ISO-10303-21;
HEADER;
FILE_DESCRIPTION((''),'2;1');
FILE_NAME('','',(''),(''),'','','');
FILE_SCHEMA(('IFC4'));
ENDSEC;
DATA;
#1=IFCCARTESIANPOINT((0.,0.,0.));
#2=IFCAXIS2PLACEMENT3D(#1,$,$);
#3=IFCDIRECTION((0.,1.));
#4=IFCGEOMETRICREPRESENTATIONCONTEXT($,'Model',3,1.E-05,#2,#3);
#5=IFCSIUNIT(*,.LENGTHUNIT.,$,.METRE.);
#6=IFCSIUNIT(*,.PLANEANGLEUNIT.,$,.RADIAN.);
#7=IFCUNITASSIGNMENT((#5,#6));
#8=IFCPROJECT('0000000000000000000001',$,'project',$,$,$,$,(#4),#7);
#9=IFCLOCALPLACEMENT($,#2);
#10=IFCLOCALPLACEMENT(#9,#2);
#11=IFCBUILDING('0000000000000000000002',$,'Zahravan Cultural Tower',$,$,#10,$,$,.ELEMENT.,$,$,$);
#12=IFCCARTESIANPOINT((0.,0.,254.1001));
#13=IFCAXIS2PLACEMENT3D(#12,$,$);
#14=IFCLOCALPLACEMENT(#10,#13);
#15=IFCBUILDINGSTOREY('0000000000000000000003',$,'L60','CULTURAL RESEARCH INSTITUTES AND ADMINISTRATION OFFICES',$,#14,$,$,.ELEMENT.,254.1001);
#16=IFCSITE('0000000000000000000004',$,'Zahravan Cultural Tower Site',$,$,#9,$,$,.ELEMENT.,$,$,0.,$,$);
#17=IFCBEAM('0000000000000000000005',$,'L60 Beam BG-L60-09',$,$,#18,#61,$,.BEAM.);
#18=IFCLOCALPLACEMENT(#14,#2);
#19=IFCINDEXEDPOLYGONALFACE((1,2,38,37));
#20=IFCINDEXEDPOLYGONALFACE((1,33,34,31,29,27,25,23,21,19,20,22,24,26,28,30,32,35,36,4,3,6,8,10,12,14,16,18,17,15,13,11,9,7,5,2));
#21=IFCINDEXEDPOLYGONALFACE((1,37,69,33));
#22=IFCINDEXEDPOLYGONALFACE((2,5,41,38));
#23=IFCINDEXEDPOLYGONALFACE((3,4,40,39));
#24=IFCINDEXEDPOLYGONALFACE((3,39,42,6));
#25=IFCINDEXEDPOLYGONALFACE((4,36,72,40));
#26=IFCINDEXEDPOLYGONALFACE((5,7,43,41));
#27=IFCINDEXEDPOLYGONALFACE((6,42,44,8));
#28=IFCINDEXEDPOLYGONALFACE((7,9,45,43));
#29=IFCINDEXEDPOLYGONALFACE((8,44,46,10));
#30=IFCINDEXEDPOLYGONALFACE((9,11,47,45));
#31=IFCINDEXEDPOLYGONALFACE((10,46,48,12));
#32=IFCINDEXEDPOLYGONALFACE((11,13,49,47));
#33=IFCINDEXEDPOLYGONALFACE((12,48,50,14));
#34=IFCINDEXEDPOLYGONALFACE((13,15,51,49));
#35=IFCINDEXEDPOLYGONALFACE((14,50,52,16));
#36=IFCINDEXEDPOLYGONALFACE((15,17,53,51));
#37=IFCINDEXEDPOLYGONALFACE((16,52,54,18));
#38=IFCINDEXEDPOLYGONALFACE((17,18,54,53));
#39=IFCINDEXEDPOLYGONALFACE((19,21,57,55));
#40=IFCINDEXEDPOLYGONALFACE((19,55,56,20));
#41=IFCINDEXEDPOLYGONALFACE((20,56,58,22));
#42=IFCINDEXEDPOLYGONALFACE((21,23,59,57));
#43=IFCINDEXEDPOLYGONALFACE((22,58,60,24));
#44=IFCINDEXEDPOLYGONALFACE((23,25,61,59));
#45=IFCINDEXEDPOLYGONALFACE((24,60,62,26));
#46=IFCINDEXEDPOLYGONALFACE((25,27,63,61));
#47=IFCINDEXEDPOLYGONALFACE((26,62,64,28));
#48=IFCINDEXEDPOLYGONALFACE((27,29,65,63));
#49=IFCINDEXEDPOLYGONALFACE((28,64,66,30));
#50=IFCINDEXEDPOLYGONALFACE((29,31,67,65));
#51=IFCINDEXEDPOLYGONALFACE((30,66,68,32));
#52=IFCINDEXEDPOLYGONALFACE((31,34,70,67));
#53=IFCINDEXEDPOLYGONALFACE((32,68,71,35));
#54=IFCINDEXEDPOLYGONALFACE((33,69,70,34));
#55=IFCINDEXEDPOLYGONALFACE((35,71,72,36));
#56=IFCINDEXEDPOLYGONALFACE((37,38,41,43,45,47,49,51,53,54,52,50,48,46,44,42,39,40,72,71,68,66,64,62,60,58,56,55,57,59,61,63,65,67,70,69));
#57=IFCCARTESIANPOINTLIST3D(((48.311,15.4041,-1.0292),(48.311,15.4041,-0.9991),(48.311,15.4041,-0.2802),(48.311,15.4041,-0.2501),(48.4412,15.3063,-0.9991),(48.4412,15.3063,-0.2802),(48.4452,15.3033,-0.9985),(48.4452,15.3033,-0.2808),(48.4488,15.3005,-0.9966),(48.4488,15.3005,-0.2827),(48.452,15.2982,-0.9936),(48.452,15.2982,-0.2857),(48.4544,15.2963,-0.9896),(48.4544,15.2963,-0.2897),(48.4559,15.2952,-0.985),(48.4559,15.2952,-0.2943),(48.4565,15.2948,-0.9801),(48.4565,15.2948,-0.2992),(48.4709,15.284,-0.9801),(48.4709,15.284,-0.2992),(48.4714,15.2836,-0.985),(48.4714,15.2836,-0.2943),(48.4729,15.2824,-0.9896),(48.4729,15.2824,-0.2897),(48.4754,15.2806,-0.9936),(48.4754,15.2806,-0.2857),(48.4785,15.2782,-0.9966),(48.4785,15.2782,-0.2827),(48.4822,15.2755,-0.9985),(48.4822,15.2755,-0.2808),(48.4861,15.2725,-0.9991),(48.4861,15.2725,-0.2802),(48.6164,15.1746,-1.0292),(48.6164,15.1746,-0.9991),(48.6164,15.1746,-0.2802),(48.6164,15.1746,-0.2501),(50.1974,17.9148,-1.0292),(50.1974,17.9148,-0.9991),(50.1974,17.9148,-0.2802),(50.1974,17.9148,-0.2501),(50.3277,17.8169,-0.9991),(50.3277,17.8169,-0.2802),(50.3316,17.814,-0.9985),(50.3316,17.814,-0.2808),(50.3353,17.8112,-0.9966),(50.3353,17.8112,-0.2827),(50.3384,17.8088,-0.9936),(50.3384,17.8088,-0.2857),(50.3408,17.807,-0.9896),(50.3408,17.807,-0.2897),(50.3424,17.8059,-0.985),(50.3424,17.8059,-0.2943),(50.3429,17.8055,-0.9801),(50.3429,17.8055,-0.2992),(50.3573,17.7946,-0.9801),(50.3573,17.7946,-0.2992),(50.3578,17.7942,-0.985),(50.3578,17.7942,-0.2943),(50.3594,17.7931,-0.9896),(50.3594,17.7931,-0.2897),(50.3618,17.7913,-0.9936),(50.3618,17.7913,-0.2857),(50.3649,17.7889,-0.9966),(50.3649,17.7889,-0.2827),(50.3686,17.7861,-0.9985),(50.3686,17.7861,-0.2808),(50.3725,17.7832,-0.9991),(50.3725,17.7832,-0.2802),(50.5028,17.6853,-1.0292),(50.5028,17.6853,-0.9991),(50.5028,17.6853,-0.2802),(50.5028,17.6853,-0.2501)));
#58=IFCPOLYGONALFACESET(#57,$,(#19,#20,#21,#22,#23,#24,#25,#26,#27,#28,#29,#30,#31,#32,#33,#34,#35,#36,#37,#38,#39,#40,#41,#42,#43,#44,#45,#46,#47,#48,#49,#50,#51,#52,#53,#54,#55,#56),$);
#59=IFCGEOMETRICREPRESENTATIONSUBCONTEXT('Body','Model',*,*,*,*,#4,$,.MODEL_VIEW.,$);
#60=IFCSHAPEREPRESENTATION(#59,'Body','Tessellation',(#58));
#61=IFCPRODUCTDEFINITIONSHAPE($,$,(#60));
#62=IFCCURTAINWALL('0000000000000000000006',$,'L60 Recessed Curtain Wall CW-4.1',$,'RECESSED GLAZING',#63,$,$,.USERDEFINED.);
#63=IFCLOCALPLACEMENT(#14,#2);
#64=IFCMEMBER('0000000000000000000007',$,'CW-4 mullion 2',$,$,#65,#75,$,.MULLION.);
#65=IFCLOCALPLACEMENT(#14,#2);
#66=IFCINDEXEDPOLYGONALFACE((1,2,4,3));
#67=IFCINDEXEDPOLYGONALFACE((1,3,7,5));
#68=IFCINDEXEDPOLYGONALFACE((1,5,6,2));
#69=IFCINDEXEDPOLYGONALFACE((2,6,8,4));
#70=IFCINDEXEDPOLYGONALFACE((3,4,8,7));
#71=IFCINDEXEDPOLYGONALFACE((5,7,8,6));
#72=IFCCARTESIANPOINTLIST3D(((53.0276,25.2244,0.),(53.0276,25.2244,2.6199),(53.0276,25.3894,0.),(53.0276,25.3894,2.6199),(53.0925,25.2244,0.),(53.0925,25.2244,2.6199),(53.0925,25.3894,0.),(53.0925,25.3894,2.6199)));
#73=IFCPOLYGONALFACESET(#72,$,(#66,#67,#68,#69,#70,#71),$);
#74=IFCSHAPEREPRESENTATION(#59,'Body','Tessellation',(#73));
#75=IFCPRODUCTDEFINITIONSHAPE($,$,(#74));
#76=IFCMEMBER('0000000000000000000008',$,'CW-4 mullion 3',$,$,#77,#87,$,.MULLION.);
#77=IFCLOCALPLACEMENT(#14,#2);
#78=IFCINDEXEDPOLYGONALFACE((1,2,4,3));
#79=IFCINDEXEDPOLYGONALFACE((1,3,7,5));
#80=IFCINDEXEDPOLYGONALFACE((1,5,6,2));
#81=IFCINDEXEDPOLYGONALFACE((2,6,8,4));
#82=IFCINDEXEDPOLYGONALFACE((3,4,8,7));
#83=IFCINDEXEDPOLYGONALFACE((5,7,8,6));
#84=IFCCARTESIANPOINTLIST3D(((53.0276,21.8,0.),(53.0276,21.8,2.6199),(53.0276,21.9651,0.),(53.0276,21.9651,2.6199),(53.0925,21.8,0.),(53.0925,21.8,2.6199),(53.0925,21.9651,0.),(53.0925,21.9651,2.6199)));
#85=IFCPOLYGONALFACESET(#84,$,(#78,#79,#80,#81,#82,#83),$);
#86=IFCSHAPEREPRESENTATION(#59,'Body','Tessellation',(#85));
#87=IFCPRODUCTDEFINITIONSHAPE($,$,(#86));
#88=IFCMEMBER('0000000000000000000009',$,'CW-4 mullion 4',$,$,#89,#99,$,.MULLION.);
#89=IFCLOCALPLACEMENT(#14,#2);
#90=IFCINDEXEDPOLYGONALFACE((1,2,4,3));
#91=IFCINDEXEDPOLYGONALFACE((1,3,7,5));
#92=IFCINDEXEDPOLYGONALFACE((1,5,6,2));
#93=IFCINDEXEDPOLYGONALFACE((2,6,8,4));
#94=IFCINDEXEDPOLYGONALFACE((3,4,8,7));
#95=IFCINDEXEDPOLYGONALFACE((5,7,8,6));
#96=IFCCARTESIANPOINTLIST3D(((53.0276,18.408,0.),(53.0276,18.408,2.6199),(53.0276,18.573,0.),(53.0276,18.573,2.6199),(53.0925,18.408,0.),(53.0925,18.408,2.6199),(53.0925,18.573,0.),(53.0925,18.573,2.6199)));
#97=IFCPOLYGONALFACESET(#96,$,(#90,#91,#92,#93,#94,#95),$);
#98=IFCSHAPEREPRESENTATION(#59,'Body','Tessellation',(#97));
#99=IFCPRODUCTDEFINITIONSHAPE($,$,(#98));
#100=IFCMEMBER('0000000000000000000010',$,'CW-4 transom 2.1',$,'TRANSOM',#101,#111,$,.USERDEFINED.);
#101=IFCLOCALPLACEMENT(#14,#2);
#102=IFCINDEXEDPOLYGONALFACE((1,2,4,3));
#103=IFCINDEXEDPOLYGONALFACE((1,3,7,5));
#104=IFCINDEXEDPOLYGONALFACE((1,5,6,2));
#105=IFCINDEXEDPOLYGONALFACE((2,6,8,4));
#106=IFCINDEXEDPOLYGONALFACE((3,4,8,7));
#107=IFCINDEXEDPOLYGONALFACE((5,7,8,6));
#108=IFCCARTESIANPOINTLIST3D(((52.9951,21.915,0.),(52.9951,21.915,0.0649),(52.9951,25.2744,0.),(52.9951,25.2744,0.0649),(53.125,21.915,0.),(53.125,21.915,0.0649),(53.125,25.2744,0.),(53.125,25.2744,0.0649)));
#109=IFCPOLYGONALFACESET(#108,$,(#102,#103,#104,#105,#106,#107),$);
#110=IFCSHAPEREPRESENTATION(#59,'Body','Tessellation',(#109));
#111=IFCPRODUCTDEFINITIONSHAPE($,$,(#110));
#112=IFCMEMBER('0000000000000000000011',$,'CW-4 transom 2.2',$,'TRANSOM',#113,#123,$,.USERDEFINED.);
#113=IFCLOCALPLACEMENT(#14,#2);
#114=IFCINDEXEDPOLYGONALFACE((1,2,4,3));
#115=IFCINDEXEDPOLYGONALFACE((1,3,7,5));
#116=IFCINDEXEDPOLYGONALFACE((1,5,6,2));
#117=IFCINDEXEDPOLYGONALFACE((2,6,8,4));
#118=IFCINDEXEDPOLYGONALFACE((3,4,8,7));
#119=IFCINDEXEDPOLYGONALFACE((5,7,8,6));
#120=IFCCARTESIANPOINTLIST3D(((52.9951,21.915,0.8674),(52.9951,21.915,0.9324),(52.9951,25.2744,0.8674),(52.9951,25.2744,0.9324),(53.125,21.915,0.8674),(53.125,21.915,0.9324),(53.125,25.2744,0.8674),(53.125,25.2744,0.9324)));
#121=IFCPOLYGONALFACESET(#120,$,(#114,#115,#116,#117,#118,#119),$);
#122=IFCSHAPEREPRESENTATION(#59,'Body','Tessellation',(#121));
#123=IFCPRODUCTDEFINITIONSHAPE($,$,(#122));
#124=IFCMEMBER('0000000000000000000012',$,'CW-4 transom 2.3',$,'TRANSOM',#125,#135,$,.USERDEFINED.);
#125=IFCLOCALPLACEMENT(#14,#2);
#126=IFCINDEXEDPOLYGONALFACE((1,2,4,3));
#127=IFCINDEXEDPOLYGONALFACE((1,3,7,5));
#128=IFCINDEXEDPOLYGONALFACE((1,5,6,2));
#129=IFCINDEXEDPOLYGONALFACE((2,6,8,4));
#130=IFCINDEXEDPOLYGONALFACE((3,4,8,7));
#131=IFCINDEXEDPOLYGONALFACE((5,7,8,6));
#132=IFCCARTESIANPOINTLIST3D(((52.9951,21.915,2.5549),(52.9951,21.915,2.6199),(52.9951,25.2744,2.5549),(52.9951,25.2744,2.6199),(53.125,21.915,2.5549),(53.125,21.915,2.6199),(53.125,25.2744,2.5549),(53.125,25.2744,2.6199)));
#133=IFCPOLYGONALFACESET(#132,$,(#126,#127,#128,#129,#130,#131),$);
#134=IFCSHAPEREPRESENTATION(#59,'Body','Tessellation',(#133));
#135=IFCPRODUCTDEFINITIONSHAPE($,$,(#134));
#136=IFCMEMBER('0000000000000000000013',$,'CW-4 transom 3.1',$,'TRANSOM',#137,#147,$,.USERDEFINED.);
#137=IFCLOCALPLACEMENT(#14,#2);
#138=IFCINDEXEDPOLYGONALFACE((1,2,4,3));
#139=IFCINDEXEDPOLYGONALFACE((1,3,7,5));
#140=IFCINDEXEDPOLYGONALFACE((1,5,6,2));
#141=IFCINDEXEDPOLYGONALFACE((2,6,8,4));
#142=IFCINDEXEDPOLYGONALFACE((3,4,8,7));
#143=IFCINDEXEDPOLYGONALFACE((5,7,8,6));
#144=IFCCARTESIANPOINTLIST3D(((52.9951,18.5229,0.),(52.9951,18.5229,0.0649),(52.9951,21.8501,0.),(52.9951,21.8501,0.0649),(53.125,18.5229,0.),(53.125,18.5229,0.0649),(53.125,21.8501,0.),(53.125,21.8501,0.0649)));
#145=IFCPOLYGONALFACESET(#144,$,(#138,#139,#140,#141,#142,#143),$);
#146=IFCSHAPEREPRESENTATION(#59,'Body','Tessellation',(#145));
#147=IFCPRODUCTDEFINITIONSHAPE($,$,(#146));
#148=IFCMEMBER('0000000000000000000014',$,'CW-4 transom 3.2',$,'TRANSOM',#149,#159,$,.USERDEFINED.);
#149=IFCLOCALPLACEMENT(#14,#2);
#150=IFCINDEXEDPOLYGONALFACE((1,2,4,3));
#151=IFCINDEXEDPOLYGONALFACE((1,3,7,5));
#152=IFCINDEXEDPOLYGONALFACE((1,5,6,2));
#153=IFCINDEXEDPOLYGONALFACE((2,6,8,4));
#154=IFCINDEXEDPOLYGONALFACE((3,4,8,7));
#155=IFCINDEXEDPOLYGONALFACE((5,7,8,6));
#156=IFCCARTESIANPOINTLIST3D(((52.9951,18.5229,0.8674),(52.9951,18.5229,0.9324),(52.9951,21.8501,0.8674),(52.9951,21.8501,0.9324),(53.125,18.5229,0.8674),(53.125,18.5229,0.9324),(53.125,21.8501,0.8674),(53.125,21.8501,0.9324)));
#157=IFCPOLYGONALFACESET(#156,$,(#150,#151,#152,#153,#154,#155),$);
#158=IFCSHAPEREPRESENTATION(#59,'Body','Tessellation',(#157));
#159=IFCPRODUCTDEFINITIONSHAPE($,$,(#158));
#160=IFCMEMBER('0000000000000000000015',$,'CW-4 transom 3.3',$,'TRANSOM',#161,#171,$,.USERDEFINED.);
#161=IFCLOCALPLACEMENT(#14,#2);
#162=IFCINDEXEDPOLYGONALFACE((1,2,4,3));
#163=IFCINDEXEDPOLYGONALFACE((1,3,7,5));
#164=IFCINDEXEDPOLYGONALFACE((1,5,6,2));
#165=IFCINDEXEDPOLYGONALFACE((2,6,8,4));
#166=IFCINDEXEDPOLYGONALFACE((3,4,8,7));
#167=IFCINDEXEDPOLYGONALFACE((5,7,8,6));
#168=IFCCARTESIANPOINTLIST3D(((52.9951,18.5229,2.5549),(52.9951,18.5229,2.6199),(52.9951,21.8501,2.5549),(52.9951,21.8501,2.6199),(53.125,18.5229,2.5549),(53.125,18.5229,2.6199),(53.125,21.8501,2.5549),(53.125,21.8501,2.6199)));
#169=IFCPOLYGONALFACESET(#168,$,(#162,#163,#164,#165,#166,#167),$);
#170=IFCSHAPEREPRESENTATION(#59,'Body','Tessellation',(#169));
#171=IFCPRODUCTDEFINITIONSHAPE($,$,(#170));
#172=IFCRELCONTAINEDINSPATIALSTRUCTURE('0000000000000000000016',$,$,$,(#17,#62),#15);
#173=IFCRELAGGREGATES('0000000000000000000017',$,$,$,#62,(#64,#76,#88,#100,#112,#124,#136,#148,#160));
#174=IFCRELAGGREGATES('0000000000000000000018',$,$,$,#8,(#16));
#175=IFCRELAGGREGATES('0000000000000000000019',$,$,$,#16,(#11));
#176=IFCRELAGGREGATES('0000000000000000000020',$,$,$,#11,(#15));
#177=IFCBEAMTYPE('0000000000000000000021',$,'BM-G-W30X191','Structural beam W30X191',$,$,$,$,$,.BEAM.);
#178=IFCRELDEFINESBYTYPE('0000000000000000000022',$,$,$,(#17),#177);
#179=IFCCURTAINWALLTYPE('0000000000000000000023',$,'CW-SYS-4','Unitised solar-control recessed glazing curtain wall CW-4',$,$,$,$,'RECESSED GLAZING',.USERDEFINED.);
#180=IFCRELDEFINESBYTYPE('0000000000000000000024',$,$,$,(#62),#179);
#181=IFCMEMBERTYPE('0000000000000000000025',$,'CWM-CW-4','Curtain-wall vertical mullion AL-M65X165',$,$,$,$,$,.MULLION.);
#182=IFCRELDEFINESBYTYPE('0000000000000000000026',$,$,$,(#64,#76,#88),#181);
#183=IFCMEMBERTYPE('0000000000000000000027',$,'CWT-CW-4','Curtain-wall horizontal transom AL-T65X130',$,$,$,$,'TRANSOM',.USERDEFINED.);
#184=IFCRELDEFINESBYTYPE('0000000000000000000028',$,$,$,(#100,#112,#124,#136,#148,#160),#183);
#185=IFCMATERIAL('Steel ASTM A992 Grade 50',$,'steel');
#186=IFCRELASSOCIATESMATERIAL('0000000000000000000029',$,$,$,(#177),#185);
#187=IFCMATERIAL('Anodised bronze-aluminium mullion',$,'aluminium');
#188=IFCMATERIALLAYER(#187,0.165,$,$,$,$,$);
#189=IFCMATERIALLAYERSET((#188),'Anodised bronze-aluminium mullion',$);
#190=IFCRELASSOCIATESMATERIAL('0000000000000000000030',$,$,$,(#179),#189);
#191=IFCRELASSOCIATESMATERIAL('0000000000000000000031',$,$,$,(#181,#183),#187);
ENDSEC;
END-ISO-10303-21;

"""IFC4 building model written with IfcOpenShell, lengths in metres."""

from ifc_helpers import new_model, si_unit, direction, frame, origin, origin_2d, place, context, subcontext, project, spatial, rectangle, i_section, extrude, source, transform, mapped, material, layer, layer_set, material_profile, profile_set, type_object, element, aggregate, save


model = new_model("IFC4")

# Units and contexts
model_context = context("Model", 3, precision=1e-05, world=origin(), true_north=direction((0.0, 1.0)))
body_context = subcontext(model_context, "Body", "Model", "MODEL_VIEW")
ifc_project = project(units=[si_unit("LENGTHUNIT", "METRE"), si_unit("PLANEANGLEUNIT", "RADIAN")], contexts=[model_context])

# Site, building, storey
site_placement = place(None, origin())
site = spatial("IfcSite", under=ifc_project, at=site_placement, Name="Zahravan Cultural Tower Site", CompositionType="ELEMENT", RefElevation=0.0)
building_placement = place(site_placement, origin())
building = spatial("IfcBuilding", under=site, at=building_placement, Name="Zahravan Cultural Tower", CompositionType="ELEMENT")
storey_placement = place(building_placement, frame((0.0, 0.0, 254.1001)))
storey = spatial("IfcBuildingStorey", under=building, at=storey_placement, Name="L60", Description="CULTURAL RESEARCH INSTITUTES AND ADMINISTRATION OFFICES", CompositionType="ELEMENT", Elevation=254.1001)

# Beam
ifc_material_1 = material(Name="Steel ASTM A992 Grade 50", Category="steel")
ifc_material_profile_1 = material_profile(ifc_material_1, i_section(OverallWidth=0.3821, OverallDepth=0.7791, WebThickness=0.0181, FlangeThickness=0.03, FilletRadius=0.019, at=origin_2d()), Name="W30X191")
ifc_profile_set_1 = profile_set([ifc_material_profile_1], Name="Steel ASTM A992 Grade 50")
beam_type = type_object("IfcBeamType", Name="BM-G-W30X191", Description="Structural beam W30X191", PredefinedType="BEAM", material=ifc_profile_set_1)
shared_shape_1 = source(origin(), body_context, "Body", "SweptSolid", [
    extrude(i_section(OverallWidth=0.3821, OverallDepth=0.7791, WebThickness=0.0181, FlangeThickness=0.03, FilletRadius=0.019, at=origin_2d()), origin(), (0.0, 0.0, 1.0), 3.1404),
])
beam_placement = place(storey_placement, frame((50.3501, 17.8, -0.6396), z_axis=(-0.600696, -0.799477, 0.0), x_axis=(0.799477, -0.600696, 0.0)))
element("IfcBeam", 1, at=beam_placement, inside=storey, type_object=beam_type, Name="L60 Beam BG-L60-09", PredefinedType="BEAM", context=body_context, shape_type="MappedRepresentation", body=[
    mapped(shared_shape_1, transform((0.0, 0.0, 0.0), x_axis=(1.0, 0.0, 0.0), y_axis=(0.0, 1.0, 0.0), z_axis=(0.0, 0.0, 1.0), scale=1.0)),
])

# Curtain wall, members
ifc_material_2 = material(Name="Anodised bronze-aluminium mullion", Category="aluminium")
ifc_layer_1 = layer(ifc_material_2, 0.165)
ifc_layer_set_1 = layer_set([ifc_layer_1], Name="Anodised bronze-aluminium mullion")
curtain_wall_type = type_object("IfcCurtainWallType", Name="CW-SYS-4", Description="Unitised solar-control recessed glazing curtain wall CW-4", ElementType="RECESSED GLAZING", PredefinedType="USERDEFINED", material=ifc_layer_set_1)
curtain_wall_placement = place(storey_placement, origin())
curtain_wall = element("IfcCurtainWall", 2, at=curtain_wall_placement, inside=storey, type_object=curtain_wall_type, Name="L60 Recessed Curtain Wall CW-4.1", ObjectType="RECESSED GLAZING", PredefinedType="USERDEFINED")
ifc_material_profile_2 = material_profile(ifc_material_2, rectangle(XDim=0.0649, YDim=0.165, at=origin_2d()), Name="AL-M65X165")
ifc_profile_set_2 = profile_set([ifc_material_profile_2], Name="Anodised bronze-aluminium mullion")
member_type_1 = type_object("IfcMemberType", Name="CWM-CW-4", Description="Curtain-wall vertical mullion AL-M65X165", PredefinedType="MULLION", material=ifc_profile_set_2)
shared_shape_2 = source(origin(), body_context, "Body", "SweptSolid", [
    extrude(rectangle(XDim=0.0649, YDim=0.165, at=origin_2d()), origin(), (0.0, 0.0, 1.0), 2.6199),
])
member_1_placement = place(storey_placement, frame((53.0601, 25.3069, 0.0), z_axis=(0.0, 0.0, 1.0), x_axis=(1.0, 0.0, 0.0)))
member_1 = element("IfcMember", 3, at=member_1_placement, type_object=member_type_1, Name="CW-4 mullion 2", PredefinedType="MULLION", context=body_context, shape_type="MappedRepresentation", body=[
    mapped(shared_shape_2, transform((0.0, 0.0, 0.0), x_axis=(1.0, 0.0, 0.0), y_axis=(0.0, 1.0, 0.0), z_axis=(0.0, 0.0, 1.0), scale=1.0)),
])
member_2_placement = place(storey_placement, frame((53.0601, 21.8826, 0.0), z_axis=(0.0, 0.0, 1.0), x_axis=(1.0, 0.0, 0.0)))
member_2 = element("IfcMember", 4, at=member_2_placement, type_object=member_type_1, Name="CW-4 mullion 3", PredefinedType="MULLION", context=body_context, shape_type="MappedRepresentation", body=[
    mapped(shared_shape_2, transform((0.0, 0.0, 0.0), x_axis=(1.0, 0.0, 0.0), y_axis=(0.0, 1.0, 0.0), z_axis=(0.0, 0.0, 1.0), scale=1.0)),
])
member_3_placement = place(storey_placement, frame((53.0601, 18.4905, 0.0), z_axis=(0.0, 0.0, 1.0), x_axis=(1.0, 0.0, 0.0)))
member_3 = element("IfcMember", 5, at=member_3_placement, type_object=member_type_1, Name="CW-4 mullion 4", PredefinedType="MULLION", context=body_context, shape_type="MappedRepresentation", body=[
    mapped(shared_shape_2, transform((0.0, 0.0, 0.0), x_axis=(1.0, 0.0, 0.0), y_axis=(0.0, 1.0, 0.0), z_axis=(0.0, 0.0, 1.0), scale=1.0)),
])
ifc_material_profile_3 = material_profile(ifc_material_2, rectangle(XDim=0.1299, YDim=0.0649, at=origin_2d()), Name="AL-T65X130")
ifc_profile_set_3 = profile_set([ifc_material_profile_3], Name="Anodised bronze-aluminium mullion")
member_type_2 = type_object("IfcMemberType", Name="CWT-CW-4", Description="Curtain-wall horizontal transom AL-T65X130", ElementType="TRANSOM", PredefinedType="USERDEFINED", material=ifc_profile_set_3)
shared_shape_3 = source(origin(), body_context, "Body", "SweptSolid", [
    extrude(rectangle(XDim=0.1299, YDim=0.0649, at=origin_2d()), origin(), (0.0, 0.0, 1.0), 3.3594),
])
member_4_placement = place(storey_placement, frame((53.0601, 25.2744, 0.0325), z_axis=(0.0, -1.0, 0.0), x_axis=(1.0, 0.0, 0.0)))
member_4 = element("IfcMember", 6, at=member_4_placement, type_object=member_type_2, Name="CW-4 transom 2.1", ObjectType="TRANSOM", PredefinedType="USERDEFINED", context=body_context, shape_type="MappedRepresentation", body=[
    mapped(shared_shape_3, transform((0.0, 0.0, 0.0), x_axis=(1.0, 0.0, 0.0), y_axis=(0.0, 1.0, 0.0), z_axis=(0.0, 0.0, 1.0), scale=1.0)),
])
member_5_placement = place(storey_placement, frame((53.0601, 25.2744, 0.8999), z_axis=(0.0, -1.0, 0.0), x_axis=(1.0, 0.0, 0.0)))
member_5 = element("IfcMember", 7, at=member_5_placement, type_object=member_type_2, Name="CW-4 transom 2.2", ObjectType="TRANSOM", PredefinedType="USERDEFINED", context=body_context, shape_type="MappedRepresentation", body=[
    mapped(shared_shape_3, transform((0.0, 0.0, 0.0), x_axis=(1.0, 0.0, 0.0), y_axis=(0.0, 1.0, 0.0), z_axis=(0.0, 0.0, 1.0), scale=1.0)),
])
member_6_placement = place(storey_placement, frame((53.0601, 25.2744, 2.5874), z_axis=(0.0, -1.0, 0.0), x_axis=(1.0, 0.0, 0.0)))
member_6 = element("IfcMember", 8, at=member_6_placement, type_object=member_type_2, Name="CW-4 transom 2.3", ObjectType="TRANSOM", PredefinedType="USERDEFINED", context=body_context, shape_type="MappedRepresentation", body=[
    mapped(shared_shape_3, transform((0.0, 0.0, 0.0), x_axis=(1.0, 0.0, 0.0), y_axis=(0.0, 1.0, 0.0), z_axis=(0.0, 0.0, 1.0), scale=1.0)),
])
shared_shape_4 = source(origin(), body_context, "Body", "SweptSolid", [
    extrude(rectangle(XDim=0.1299, YDim=0.0649, at=origin_2d()), origin(), (0.0, 0.0, 1.0), 3.3271),
])
member_7_placement = place(storey_placement, frame((53.0601, 21.8501, 0.0325), z_axis=(0.0, -1.0, 0.0), x_axis=(1.0, 0.0, 0.0)))
member_7 = element("IfcMember", 9, at=member_7_placement, type_object=member_type_2, Name="CW-4 transom 3.1", ObjectType="TRANSOM", PredefinedType="USERDEFINED", context=body_context, shape_type="MappedRepresentation", body=[
    mapped(shared_shape_4, transform((0.0, 0.0, 0.0), x_axis=(1.0, 0.0, 0.0), y_axis=(0.0, 1.0, 0.0), z_axis=(0.0, 0.0, 1.0), scale=1.0)),
])
member_8_placement = place(storey_placement, frame((53.0601, 21.8501, 0.8999), z_axis=(0.0, -1.0, 0.0), x_axis=(1.0, 0.0, 0.0)))
member_8 = element("IfcMember", 10, at=member_8_placement, type_object=member_type_2, Name="CW-4 transom 3.2", ObjectType="TRANSOM", PredefinedType="USERDEFINED", context=body_context, shape_type="MappedRepresentation", body=[
    mapped(shared_shape_4, transform((0.0, 0.0, 0.0), x_axis=(1.0, 0.0, 0.0), y_axis=(0.0, 1.0, 0.0), z_axis=(0.0, 0.0, 1.0), scale=1.0)),
])
member_9_placement = place(storey_placement, frame((53.0601, 21.8501, 2.5874), z_axis=(0.0, -1.0, 0.0), x_axis=(1.0, 0.0, 0.0)))
member_9 = element("IfcMember", 11, at=member_9_placement, type_object=member_type_2, Name="CW-4 transom 3.3", ObjectType="TRANSOM", PredefinedType="USERDEFINED", context=body_context, shape_type="MappedRepresentation", body=[
    mapped(shared_shape_4, transform((0.0, 0.0, 0.0), x_axis=(1.0, 0.0, 0.0), y_axis=(0.0, 1.0, 0.0), z_axis=(0.0, 0.0, 1.0), scale=1.0)),
])
aggregate(curtain_wall, [member_1, member_2, member_3, member_4, member_5, member_6, member_7, member_8, member_9])

save(model, "model.ifc")
